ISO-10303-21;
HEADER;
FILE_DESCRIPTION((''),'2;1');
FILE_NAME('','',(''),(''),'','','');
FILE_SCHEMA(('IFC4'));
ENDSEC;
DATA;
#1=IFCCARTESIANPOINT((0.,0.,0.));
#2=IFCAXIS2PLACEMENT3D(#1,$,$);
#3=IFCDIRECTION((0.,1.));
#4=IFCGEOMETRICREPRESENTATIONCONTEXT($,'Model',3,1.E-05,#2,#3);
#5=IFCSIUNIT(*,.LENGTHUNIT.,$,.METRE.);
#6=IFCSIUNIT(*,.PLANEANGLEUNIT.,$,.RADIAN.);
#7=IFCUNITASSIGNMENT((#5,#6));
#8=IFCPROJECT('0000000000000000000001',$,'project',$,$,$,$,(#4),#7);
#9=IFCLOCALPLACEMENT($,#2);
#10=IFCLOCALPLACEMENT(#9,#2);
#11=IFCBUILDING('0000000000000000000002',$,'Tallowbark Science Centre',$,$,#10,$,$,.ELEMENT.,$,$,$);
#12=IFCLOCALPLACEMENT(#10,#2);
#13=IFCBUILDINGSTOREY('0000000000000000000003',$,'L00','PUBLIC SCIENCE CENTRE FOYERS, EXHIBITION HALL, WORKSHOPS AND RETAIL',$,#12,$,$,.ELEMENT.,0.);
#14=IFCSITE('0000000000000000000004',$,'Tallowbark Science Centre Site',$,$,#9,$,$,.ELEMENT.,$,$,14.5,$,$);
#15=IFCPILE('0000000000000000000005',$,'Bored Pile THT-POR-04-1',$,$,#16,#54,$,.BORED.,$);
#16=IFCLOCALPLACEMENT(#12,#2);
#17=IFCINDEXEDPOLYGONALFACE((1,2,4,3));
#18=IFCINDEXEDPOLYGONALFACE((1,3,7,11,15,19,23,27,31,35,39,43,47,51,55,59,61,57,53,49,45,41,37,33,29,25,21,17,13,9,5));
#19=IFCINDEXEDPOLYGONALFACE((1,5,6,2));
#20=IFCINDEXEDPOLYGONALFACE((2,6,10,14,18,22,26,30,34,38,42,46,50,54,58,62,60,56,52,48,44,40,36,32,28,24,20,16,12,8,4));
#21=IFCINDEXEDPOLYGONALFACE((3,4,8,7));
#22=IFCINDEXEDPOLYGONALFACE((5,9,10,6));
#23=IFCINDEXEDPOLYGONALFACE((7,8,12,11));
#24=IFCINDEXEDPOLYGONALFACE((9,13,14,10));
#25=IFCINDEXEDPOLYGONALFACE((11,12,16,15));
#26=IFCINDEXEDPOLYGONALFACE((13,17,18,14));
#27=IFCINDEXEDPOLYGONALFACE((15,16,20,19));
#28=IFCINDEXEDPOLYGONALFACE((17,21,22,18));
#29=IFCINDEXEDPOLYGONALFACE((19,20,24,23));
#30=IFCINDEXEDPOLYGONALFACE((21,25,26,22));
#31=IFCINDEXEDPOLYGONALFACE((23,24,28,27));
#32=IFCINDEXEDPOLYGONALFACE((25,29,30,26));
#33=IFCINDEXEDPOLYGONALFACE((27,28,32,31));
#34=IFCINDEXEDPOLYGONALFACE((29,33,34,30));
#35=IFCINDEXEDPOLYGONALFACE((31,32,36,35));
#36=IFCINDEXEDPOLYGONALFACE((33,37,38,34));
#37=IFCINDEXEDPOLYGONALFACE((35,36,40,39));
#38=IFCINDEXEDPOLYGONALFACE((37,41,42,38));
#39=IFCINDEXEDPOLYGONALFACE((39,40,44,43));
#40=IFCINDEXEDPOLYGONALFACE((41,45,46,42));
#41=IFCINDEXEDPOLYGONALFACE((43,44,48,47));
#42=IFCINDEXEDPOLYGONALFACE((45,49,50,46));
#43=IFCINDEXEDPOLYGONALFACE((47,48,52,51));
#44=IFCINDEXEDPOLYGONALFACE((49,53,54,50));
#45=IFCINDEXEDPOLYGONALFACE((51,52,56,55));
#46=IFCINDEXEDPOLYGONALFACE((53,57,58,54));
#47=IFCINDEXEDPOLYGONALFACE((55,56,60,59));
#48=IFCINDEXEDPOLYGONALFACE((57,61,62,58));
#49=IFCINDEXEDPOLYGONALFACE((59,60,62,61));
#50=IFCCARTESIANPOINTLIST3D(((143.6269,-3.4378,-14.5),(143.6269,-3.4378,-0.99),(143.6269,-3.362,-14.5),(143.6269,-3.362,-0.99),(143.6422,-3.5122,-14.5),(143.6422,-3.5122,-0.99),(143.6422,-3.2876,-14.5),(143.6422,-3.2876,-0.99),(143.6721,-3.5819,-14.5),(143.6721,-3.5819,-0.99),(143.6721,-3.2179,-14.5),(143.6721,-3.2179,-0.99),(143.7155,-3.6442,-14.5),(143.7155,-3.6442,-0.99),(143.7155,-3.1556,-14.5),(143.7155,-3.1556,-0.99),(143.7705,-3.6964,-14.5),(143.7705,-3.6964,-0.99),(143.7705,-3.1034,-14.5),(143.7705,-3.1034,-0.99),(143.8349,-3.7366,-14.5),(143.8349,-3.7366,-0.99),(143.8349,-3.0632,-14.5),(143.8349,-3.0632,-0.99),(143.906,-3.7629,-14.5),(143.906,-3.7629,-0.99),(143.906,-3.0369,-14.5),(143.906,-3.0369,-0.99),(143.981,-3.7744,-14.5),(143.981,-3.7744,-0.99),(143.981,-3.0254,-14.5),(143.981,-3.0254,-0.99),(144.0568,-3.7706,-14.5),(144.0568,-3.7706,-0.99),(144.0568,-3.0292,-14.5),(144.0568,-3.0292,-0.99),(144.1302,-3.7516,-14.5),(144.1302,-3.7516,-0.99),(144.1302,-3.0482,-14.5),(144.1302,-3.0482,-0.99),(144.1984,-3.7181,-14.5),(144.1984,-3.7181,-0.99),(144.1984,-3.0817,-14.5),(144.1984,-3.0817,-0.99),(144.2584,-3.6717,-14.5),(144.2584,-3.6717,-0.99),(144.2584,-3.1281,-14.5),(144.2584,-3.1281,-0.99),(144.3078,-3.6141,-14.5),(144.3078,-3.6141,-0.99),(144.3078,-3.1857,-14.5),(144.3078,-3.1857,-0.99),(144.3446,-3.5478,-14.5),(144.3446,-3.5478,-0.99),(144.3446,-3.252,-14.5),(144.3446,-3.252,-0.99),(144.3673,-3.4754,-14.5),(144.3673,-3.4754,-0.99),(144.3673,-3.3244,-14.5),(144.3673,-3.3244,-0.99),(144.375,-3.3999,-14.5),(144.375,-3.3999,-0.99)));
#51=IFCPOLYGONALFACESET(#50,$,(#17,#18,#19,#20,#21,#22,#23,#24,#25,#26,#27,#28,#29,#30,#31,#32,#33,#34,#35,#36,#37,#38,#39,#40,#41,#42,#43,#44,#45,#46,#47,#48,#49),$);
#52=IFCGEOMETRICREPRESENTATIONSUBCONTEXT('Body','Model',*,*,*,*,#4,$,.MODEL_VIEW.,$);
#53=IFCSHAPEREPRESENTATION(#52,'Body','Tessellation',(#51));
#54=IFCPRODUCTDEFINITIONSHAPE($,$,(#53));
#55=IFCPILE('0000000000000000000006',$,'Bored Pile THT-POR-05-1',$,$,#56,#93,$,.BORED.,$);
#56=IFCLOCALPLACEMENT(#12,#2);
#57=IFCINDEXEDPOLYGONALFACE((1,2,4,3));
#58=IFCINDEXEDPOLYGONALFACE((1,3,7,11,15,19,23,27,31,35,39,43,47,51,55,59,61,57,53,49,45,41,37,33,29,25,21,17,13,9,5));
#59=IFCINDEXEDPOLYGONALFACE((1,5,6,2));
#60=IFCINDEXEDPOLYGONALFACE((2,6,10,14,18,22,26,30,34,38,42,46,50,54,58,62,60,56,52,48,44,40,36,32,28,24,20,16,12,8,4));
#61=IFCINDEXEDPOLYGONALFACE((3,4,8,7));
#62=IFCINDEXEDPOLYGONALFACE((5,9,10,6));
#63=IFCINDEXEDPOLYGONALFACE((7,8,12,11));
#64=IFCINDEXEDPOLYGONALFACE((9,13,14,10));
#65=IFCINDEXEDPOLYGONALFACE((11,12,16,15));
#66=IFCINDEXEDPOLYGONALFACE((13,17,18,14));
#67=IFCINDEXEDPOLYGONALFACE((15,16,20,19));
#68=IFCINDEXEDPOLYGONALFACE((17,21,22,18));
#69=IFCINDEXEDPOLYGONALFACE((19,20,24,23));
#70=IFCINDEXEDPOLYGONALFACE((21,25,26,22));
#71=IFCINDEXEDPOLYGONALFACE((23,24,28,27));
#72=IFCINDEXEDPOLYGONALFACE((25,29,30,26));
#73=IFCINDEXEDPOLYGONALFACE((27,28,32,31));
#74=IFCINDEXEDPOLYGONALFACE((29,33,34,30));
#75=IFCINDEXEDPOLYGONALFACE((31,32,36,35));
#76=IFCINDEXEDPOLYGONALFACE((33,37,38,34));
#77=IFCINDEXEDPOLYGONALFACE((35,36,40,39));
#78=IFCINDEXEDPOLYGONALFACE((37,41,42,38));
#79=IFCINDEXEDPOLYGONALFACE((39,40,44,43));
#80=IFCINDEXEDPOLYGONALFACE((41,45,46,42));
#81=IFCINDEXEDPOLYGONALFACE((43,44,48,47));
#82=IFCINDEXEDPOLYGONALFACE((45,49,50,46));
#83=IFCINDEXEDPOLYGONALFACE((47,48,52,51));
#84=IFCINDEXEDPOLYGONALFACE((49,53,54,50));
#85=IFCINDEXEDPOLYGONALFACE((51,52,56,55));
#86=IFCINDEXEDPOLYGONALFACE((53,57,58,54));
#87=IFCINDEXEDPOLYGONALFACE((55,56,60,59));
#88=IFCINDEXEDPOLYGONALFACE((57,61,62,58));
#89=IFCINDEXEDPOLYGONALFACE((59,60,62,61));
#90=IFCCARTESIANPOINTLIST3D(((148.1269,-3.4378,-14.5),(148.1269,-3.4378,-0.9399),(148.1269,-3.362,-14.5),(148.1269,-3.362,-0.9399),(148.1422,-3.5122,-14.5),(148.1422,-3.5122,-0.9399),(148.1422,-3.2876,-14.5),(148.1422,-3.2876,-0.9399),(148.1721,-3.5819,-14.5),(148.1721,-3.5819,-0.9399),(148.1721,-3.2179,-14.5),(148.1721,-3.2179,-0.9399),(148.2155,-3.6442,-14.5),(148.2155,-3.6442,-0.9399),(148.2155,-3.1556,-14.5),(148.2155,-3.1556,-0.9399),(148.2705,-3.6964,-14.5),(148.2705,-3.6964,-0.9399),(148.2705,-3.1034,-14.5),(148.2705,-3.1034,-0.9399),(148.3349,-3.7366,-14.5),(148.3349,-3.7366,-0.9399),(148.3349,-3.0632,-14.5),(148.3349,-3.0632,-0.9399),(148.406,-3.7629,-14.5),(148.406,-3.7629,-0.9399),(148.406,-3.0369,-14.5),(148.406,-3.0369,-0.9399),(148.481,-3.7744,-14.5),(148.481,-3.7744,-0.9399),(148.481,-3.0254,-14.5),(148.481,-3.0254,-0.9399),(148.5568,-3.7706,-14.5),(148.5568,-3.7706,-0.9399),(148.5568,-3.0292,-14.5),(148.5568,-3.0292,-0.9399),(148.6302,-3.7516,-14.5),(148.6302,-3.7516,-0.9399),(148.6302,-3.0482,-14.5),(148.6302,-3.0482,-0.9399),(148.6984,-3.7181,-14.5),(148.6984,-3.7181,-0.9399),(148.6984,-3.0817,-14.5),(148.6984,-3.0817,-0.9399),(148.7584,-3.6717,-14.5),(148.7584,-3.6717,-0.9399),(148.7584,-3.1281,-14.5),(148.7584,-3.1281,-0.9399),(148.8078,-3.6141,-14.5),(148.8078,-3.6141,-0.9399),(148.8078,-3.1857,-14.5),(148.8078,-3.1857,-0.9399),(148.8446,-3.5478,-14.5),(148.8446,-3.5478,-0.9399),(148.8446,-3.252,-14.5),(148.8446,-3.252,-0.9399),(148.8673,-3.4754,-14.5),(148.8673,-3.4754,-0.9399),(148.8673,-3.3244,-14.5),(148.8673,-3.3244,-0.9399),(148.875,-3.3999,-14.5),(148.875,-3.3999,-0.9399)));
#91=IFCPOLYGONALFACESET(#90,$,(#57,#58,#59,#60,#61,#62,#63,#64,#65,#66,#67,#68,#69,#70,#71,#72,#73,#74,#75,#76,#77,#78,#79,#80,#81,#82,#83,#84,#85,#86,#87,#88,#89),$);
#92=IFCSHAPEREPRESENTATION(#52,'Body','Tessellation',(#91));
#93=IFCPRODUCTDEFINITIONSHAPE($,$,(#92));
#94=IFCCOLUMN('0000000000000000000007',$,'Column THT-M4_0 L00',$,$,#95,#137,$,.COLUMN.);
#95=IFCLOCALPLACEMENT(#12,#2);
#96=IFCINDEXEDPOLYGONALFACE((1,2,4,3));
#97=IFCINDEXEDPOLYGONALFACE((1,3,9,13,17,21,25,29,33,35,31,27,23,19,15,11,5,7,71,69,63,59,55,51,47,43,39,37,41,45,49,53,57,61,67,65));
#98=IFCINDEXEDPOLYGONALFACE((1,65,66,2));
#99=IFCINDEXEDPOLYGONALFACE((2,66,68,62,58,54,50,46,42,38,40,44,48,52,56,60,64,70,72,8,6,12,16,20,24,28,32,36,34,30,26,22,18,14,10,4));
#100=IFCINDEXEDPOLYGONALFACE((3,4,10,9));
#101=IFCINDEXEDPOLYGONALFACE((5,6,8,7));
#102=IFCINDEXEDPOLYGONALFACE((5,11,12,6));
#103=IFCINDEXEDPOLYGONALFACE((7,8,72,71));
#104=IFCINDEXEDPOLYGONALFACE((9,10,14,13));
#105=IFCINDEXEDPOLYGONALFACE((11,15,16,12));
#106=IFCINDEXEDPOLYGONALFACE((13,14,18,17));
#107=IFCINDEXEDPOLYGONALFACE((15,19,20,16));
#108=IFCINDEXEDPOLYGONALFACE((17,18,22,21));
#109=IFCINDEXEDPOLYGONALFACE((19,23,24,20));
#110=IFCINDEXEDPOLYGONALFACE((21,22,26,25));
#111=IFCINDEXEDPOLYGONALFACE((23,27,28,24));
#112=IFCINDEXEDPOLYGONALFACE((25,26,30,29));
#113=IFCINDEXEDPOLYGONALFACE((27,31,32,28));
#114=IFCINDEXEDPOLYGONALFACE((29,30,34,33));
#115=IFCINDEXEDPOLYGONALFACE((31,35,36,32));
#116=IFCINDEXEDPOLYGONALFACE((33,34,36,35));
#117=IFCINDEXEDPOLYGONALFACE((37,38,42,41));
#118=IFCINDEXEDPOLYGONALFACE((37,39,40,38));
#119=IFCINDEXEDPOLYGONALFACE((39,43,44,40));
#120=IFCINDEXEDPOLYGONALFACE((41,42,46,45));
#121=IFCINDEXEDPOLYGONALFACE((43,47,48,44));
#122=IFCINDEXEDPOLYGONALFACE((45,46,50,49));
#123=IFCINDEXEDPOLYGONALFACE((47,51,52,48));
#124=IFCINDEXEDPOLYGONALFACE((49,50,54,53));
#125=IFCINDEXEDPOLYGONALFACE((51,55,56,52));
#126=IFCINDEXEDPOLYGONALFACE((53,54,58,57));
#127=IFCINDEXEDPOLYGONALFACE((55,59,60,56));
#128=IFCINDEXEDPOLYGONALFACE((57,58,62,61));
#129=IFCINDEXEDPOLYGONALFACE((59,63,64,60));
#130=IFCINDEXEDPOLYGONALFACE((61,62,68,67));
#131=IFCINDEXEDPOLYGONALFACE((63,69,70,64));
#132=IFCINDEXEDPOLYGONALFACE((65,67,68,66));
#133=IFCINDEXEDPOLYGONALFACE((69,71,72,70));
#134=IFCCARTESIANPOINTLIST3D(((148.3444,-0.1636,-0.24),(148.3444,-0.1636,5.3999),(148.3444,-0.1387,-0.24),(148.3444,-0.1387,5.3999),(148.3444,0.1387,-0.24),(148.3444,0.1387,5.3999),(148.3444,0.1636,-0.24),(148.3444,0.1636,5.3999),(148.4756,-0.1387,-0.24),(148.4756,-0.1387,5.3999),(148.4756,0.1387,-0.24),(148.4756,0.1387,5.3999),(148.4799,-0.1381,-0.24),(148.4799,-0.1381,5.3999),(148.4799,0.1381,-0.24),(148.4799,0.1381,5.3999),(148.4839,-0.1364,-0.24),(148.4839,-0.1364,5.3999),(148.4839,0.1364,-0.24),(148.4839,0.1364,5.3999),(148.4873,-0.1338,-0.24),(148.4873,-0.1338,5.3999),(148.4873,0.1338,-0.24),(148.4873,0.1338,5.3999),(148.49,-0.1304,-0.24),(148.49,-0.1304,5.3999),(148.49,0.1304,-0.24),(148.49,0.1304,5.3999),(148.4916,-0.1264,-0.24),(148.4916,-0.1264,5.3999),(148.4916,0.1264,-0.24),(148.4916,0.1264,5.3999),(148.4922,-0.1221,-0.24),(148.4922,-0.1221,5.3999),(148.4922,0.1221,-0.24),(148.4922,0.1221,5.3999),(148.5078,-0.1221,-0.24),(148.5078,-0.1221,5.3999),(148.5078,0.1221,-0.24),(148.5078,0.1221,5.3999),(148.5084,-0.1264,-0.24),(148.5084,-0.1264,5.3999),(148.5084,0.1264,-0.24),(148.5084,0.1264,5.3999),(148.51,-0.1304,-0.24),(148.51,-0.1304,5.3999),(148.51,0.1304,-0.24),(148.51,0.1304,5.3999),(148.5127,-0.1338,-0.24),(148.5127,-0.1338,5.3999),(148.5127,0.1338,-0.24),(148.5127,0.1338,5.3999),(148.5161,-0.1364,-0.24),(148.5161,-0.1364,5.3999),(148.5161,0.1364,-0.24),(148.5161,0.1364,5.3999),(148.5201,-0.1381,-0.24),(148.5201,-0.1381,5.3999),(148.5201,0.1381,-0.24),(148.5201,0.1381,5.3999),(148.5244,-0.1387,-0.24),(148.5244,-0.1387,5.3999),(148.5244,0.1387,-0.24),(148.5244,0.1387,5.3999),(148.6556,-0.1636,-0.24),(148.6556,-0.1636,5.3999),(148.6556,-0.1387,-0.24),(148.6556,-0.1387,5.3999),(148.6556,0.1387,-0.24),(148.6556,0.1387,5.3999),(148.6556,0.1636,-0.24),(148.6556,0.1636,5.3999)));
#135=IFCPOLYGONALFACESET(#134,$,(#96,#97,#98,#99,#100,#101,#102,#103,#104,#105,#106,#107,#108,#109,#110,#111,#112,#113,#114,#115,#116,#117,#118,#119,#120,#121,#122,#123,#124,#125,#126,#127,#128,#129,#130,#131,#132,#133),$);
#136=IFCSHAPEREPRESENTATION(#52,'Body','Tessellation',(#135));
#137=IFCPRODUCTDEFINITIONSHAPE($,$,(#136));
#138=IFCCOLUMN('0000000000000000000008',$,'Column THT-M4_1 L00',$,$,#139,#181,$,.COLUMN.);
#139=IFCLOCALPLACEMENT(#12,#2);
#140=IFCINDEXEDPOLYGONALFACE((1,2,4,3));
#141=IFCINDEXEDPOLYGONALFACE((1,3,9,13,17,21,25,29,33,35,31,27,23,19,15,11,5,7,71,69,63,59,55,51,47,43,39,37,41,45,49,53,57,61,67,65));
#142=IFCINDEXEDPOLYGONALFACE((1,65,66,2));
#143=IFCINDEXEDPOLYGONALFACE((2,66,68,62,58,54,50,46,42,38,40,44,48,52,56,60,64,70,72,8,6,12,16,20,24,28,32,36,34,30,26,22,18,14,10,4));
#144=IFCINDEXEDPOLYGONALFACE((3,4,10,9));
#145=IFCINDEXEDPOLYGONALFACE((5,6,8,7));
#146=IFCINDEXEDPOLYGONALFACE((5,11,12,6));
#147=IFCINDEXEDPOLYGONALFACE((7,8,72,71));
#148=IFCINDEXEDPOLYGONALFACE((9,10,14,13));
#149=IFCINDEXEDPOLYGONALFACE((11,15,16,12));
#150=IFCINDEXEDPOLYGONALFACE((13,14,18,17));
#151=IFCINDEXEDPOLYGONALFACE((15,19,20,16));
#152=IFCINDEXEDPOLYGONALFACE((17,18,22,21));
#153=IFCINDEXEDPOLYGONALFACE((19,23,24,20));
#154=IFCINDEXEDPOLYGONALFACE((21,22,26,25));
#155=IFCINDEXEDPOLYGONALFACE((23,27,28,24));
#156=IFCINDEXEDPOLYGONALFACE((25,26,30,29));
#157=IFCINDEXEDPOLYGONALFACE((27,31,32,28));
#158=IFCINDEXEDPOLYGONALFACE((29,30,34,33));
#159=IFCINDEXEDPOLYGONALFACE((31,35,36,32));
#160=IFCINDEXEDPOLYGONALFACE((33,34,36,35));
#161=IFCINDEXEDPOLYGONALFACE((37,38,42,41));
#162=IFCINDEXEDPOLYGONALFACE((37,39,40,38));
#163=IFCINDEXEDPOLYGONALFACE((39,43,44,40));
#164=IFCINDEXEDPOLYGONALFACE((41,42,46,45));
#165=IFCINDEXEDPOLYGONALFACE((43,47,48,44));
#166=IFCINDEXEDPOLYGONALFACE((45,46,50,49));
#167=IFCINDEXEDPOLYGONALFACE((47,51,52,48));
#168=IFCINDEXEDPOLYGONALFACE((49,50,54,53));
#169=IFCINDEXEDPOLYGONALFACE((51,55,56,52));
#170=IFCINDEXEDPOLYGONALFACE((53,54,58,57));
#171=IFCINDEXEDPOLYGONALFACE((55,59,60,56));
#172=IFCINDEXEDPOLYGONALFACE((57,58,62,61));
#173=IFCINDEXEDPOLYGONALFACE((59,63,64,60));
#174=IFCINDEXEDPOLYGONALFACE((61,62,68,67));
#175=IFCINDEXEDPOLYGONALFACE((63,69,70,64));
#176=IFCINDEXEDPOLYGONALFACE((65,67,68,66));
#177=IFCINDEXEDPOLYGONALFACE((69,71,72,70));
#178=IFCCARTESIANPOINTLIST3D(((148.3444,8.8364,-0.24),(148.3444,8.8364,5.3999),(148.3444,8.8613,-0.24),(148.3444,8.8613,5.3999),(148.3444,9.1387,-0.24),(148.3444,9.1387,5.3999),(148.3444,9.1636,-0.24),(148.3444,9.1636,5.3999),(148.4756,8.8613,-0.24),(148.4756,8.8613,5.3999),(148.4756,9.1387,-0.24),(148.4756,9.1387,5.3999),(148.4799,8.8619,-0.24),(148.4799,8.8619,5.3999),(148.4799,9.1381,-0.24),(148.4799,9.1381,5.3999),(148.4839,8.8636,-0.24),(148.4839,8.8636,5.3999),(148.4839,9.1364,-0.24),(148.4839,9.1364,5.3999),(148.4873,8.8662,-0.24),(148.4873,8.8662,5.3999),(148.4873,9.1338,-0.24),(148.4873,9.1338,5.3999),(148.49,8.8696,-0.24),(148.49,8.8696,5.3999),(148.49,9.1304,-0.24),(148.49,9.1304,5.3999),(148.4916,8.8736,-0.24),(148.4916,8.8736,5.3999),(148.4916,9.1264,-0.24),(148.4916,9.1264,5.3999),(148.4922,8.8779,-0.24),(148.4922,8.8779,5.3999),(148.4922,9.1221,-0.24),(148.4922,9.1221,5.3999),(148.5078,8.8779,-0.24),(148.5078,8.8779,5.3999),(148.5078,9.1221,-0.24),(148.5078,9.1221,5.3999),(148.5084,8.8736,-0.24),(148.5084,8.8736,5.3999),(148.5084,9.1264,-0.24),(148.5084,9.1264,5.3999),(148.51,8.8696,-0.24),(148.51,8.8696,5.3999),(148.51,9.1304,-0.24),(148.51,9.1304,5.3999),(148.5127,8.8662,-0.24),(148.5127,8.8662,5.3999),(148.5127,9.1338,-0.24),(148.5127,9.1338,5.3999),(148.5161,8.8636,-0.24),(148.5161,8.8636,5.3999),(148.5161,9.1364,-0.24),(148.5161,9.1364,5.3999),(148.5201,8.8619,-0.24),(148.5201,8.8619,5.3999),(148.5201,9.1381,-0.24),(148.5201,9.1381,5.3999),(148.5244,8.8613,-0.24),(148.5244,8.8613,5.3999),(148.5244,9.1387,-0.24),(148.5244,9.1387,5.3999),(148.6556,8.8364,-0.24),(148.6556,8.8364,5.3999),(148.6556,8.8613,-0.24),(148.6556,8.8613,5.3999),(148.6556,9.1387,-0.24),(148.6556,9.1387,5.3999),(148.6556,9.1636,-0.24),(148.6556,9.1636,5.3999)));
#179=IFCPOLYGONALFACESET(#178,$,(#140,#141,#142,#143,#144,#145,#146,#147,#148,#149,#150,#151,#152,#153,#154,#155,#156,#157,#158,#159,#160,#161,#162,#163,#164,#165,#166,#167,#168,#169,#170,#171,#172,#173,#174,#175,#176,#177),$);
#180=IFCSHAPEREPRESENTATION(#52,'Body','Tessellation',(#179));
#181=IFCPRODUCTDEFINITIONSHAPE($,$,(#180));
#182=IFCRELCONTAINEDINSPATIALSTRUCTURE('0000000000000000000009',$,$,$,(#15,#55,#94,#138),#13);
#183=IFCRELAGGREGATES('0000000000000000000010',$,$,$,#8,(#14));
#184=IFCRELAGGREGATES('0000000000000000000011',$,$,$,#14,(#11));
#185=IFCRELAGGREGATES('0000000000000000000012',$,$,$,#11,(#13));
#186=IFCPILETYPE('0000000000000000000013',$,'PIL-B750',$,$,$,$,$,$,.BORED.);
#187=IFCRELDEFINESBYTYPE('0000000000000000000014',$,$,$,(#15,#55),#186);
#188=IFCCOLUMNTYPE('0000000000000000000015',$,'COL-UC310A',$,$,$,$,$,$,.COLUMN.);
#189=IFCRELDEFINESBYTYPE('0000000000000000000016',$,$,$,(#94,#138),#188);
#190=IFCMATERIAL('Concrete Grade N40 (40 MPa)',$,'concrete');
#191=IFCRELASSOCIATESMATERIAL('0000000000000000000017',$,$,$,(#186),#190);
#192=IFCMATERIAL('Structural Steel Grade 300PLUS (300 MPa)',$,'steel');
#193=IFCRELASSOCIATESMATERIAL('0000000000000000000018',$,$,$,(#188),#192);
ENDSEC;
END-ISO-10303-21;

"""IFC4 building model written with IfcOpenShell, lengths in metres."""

from ifc_helpers import new_model, si_unit, direction, frame, origin, origin_2d, place, context, subcontext, project, spatial, circle, i_section, extrude, material, material_profile, profile_set, type_object, element, save


model = new_model("IFC4")

# Units and contexts
model_context = context("Model", 3, precision=1e-05, world=origin(), true_north=direction((0.0, 1.0)))
body_context = subcontext(model_context, "Body", "Model", "MODEL_VIEW")
ifc_project = project(units=[si_unit("LENGTHUNIT", "METRE"), si_unit("PLANEANGLEUNIT", "RADIAN")], contexts=[model_context])

# Site, building, storey
site_placement = place(None, origin())
site = spatial("IfcSite", under=ifc_project, at=site_placement, Name="Tallowbark Science Centre Site", CompositionType="ELEMENT", RefElevation=14.5)
building_placement = place(site_placement, origin())
building = spatial("IfcBuilding", under=site, at=building_placement, Name="Tallowbark Science Centre", CompositionType="ELEMENT")
storey_placement = place(building_placement, origin())
storey = spatial("IfcBuildingStorey", under=building, at=storey_placement, Name="L00", Description="PUBLIC SCIENCE CENTRE FOYERS, EXHIBITION HALL, WORKSHOPS AND RETAIL", CompositionType="ELEMENT", Elevation=0.0)

# Shared definitions
ifc_material_1 = material(Name="Concrete Grade N40 (40 MPa)", Category="concrete")

# Piles
ifc_material_profile_1 = material_profile(ifc_material_1, circle(Radius=0.375, at=origin_2d()), Name="PILE750")
ifc_profile_set_1 = profile_set([ifc_material_profile_1], Name="Concrete Grade N40 (40 MPa)")
pile_type = type_object("IfcPileType", Name="PIL-B750", PredefinedType="BORED", material=ifc_profile_set_1)
pile_1_placement = place(storey_placement, frame((144.0, -3.3999, -0.99), z_axis=(0.0, 0.0, -1.0), x_axis=(1.0, 0.0, 0.0)))
element("IfcPile", 1, at=pile_1_placement, inside=storey, type_object=pile_type, Name="Bored Pile THT-POR-04-1", PredefinedType="BORED", context=body_context, shape_type="SweptSolid", body=[
    extrude(circle(Radius=0.375, at=origin_2d()), origin(), (0.0, 0.0, 1.0), 13.51),
])
pile_2_placement = place(storey_placement, frame((148.5, -3.3999, -0.9399), z_axis=(0.0, 0.0, -1.0), x_axis=(1.0, 0.0, 0.0)))
element("IfcPile", 2, at=pile_2_placement, inside=storey, type_object=pile_type, Name="Bored Pile THT-POR-05-1", PredefinedType="BORED", context=body_context, shape_type="SweptSolid", body=[
    extrude(circle(Radius=0.375, at=origin_2d()), origin(), (0.0, 0.0, 1.0), 13.5601),
])

# Columns
ifc_material_2 = material(Name="Structural Steel Grade 300PLUS (300 MPa)", Category="steel")
ifc_material_profile_2 = material_profile(ifc_material_2, i_section(OverallWidth=0.3113, OverallDepth=0.3271, WebThickness=0.0156, FlangeThickness=0.0249, FilletRadius=0.0166, at=origin_2d()), Name="310UC158")
ifc_profile_set_2 = profile_set([ifc_material_profile_2], Name="Structural Steel Grade 300PLUS (300 MPa)")
column_type_1 = type_object("IfcColumnType", Name="COL-UC310A", PredefinedType="COLUMN", material=ifc_profile_set_2)
for number, where, z_axis, x_axis, name in (
    (3, (148.5, 0.0, -0.24), (0.0, 0.0, 1.0), (1.0, 0.0, 0.0), "Column THT-M4_0 L00"),
    (4, (148.5, 9.0, -0.24), (0.0, 0.0, 1.0), (1.0, 0.0, 0.0), "Column THT-M4_1 L00"),
):
    element("IfcColumn", number, at=place(storey_placement, frame(where, z_axis=z_axis, x_axis=x_axis)), inside=storey, type_object=column_type_1, Name=name, PredefinedType="COLUMN", context=body_context, shape_type="SweptSolid", body=[
        extrude(i_section(OverallWidth=0.3113, OverallDepth=0.3271, WebThickness=0.0156, FlangeThickness=0.0249, FilletRadius=0.0166, at=origin_2d()), origin(), (0.0, 0.0, 1.0), 5.6399),
    ])

save(model, "model.ifc")
